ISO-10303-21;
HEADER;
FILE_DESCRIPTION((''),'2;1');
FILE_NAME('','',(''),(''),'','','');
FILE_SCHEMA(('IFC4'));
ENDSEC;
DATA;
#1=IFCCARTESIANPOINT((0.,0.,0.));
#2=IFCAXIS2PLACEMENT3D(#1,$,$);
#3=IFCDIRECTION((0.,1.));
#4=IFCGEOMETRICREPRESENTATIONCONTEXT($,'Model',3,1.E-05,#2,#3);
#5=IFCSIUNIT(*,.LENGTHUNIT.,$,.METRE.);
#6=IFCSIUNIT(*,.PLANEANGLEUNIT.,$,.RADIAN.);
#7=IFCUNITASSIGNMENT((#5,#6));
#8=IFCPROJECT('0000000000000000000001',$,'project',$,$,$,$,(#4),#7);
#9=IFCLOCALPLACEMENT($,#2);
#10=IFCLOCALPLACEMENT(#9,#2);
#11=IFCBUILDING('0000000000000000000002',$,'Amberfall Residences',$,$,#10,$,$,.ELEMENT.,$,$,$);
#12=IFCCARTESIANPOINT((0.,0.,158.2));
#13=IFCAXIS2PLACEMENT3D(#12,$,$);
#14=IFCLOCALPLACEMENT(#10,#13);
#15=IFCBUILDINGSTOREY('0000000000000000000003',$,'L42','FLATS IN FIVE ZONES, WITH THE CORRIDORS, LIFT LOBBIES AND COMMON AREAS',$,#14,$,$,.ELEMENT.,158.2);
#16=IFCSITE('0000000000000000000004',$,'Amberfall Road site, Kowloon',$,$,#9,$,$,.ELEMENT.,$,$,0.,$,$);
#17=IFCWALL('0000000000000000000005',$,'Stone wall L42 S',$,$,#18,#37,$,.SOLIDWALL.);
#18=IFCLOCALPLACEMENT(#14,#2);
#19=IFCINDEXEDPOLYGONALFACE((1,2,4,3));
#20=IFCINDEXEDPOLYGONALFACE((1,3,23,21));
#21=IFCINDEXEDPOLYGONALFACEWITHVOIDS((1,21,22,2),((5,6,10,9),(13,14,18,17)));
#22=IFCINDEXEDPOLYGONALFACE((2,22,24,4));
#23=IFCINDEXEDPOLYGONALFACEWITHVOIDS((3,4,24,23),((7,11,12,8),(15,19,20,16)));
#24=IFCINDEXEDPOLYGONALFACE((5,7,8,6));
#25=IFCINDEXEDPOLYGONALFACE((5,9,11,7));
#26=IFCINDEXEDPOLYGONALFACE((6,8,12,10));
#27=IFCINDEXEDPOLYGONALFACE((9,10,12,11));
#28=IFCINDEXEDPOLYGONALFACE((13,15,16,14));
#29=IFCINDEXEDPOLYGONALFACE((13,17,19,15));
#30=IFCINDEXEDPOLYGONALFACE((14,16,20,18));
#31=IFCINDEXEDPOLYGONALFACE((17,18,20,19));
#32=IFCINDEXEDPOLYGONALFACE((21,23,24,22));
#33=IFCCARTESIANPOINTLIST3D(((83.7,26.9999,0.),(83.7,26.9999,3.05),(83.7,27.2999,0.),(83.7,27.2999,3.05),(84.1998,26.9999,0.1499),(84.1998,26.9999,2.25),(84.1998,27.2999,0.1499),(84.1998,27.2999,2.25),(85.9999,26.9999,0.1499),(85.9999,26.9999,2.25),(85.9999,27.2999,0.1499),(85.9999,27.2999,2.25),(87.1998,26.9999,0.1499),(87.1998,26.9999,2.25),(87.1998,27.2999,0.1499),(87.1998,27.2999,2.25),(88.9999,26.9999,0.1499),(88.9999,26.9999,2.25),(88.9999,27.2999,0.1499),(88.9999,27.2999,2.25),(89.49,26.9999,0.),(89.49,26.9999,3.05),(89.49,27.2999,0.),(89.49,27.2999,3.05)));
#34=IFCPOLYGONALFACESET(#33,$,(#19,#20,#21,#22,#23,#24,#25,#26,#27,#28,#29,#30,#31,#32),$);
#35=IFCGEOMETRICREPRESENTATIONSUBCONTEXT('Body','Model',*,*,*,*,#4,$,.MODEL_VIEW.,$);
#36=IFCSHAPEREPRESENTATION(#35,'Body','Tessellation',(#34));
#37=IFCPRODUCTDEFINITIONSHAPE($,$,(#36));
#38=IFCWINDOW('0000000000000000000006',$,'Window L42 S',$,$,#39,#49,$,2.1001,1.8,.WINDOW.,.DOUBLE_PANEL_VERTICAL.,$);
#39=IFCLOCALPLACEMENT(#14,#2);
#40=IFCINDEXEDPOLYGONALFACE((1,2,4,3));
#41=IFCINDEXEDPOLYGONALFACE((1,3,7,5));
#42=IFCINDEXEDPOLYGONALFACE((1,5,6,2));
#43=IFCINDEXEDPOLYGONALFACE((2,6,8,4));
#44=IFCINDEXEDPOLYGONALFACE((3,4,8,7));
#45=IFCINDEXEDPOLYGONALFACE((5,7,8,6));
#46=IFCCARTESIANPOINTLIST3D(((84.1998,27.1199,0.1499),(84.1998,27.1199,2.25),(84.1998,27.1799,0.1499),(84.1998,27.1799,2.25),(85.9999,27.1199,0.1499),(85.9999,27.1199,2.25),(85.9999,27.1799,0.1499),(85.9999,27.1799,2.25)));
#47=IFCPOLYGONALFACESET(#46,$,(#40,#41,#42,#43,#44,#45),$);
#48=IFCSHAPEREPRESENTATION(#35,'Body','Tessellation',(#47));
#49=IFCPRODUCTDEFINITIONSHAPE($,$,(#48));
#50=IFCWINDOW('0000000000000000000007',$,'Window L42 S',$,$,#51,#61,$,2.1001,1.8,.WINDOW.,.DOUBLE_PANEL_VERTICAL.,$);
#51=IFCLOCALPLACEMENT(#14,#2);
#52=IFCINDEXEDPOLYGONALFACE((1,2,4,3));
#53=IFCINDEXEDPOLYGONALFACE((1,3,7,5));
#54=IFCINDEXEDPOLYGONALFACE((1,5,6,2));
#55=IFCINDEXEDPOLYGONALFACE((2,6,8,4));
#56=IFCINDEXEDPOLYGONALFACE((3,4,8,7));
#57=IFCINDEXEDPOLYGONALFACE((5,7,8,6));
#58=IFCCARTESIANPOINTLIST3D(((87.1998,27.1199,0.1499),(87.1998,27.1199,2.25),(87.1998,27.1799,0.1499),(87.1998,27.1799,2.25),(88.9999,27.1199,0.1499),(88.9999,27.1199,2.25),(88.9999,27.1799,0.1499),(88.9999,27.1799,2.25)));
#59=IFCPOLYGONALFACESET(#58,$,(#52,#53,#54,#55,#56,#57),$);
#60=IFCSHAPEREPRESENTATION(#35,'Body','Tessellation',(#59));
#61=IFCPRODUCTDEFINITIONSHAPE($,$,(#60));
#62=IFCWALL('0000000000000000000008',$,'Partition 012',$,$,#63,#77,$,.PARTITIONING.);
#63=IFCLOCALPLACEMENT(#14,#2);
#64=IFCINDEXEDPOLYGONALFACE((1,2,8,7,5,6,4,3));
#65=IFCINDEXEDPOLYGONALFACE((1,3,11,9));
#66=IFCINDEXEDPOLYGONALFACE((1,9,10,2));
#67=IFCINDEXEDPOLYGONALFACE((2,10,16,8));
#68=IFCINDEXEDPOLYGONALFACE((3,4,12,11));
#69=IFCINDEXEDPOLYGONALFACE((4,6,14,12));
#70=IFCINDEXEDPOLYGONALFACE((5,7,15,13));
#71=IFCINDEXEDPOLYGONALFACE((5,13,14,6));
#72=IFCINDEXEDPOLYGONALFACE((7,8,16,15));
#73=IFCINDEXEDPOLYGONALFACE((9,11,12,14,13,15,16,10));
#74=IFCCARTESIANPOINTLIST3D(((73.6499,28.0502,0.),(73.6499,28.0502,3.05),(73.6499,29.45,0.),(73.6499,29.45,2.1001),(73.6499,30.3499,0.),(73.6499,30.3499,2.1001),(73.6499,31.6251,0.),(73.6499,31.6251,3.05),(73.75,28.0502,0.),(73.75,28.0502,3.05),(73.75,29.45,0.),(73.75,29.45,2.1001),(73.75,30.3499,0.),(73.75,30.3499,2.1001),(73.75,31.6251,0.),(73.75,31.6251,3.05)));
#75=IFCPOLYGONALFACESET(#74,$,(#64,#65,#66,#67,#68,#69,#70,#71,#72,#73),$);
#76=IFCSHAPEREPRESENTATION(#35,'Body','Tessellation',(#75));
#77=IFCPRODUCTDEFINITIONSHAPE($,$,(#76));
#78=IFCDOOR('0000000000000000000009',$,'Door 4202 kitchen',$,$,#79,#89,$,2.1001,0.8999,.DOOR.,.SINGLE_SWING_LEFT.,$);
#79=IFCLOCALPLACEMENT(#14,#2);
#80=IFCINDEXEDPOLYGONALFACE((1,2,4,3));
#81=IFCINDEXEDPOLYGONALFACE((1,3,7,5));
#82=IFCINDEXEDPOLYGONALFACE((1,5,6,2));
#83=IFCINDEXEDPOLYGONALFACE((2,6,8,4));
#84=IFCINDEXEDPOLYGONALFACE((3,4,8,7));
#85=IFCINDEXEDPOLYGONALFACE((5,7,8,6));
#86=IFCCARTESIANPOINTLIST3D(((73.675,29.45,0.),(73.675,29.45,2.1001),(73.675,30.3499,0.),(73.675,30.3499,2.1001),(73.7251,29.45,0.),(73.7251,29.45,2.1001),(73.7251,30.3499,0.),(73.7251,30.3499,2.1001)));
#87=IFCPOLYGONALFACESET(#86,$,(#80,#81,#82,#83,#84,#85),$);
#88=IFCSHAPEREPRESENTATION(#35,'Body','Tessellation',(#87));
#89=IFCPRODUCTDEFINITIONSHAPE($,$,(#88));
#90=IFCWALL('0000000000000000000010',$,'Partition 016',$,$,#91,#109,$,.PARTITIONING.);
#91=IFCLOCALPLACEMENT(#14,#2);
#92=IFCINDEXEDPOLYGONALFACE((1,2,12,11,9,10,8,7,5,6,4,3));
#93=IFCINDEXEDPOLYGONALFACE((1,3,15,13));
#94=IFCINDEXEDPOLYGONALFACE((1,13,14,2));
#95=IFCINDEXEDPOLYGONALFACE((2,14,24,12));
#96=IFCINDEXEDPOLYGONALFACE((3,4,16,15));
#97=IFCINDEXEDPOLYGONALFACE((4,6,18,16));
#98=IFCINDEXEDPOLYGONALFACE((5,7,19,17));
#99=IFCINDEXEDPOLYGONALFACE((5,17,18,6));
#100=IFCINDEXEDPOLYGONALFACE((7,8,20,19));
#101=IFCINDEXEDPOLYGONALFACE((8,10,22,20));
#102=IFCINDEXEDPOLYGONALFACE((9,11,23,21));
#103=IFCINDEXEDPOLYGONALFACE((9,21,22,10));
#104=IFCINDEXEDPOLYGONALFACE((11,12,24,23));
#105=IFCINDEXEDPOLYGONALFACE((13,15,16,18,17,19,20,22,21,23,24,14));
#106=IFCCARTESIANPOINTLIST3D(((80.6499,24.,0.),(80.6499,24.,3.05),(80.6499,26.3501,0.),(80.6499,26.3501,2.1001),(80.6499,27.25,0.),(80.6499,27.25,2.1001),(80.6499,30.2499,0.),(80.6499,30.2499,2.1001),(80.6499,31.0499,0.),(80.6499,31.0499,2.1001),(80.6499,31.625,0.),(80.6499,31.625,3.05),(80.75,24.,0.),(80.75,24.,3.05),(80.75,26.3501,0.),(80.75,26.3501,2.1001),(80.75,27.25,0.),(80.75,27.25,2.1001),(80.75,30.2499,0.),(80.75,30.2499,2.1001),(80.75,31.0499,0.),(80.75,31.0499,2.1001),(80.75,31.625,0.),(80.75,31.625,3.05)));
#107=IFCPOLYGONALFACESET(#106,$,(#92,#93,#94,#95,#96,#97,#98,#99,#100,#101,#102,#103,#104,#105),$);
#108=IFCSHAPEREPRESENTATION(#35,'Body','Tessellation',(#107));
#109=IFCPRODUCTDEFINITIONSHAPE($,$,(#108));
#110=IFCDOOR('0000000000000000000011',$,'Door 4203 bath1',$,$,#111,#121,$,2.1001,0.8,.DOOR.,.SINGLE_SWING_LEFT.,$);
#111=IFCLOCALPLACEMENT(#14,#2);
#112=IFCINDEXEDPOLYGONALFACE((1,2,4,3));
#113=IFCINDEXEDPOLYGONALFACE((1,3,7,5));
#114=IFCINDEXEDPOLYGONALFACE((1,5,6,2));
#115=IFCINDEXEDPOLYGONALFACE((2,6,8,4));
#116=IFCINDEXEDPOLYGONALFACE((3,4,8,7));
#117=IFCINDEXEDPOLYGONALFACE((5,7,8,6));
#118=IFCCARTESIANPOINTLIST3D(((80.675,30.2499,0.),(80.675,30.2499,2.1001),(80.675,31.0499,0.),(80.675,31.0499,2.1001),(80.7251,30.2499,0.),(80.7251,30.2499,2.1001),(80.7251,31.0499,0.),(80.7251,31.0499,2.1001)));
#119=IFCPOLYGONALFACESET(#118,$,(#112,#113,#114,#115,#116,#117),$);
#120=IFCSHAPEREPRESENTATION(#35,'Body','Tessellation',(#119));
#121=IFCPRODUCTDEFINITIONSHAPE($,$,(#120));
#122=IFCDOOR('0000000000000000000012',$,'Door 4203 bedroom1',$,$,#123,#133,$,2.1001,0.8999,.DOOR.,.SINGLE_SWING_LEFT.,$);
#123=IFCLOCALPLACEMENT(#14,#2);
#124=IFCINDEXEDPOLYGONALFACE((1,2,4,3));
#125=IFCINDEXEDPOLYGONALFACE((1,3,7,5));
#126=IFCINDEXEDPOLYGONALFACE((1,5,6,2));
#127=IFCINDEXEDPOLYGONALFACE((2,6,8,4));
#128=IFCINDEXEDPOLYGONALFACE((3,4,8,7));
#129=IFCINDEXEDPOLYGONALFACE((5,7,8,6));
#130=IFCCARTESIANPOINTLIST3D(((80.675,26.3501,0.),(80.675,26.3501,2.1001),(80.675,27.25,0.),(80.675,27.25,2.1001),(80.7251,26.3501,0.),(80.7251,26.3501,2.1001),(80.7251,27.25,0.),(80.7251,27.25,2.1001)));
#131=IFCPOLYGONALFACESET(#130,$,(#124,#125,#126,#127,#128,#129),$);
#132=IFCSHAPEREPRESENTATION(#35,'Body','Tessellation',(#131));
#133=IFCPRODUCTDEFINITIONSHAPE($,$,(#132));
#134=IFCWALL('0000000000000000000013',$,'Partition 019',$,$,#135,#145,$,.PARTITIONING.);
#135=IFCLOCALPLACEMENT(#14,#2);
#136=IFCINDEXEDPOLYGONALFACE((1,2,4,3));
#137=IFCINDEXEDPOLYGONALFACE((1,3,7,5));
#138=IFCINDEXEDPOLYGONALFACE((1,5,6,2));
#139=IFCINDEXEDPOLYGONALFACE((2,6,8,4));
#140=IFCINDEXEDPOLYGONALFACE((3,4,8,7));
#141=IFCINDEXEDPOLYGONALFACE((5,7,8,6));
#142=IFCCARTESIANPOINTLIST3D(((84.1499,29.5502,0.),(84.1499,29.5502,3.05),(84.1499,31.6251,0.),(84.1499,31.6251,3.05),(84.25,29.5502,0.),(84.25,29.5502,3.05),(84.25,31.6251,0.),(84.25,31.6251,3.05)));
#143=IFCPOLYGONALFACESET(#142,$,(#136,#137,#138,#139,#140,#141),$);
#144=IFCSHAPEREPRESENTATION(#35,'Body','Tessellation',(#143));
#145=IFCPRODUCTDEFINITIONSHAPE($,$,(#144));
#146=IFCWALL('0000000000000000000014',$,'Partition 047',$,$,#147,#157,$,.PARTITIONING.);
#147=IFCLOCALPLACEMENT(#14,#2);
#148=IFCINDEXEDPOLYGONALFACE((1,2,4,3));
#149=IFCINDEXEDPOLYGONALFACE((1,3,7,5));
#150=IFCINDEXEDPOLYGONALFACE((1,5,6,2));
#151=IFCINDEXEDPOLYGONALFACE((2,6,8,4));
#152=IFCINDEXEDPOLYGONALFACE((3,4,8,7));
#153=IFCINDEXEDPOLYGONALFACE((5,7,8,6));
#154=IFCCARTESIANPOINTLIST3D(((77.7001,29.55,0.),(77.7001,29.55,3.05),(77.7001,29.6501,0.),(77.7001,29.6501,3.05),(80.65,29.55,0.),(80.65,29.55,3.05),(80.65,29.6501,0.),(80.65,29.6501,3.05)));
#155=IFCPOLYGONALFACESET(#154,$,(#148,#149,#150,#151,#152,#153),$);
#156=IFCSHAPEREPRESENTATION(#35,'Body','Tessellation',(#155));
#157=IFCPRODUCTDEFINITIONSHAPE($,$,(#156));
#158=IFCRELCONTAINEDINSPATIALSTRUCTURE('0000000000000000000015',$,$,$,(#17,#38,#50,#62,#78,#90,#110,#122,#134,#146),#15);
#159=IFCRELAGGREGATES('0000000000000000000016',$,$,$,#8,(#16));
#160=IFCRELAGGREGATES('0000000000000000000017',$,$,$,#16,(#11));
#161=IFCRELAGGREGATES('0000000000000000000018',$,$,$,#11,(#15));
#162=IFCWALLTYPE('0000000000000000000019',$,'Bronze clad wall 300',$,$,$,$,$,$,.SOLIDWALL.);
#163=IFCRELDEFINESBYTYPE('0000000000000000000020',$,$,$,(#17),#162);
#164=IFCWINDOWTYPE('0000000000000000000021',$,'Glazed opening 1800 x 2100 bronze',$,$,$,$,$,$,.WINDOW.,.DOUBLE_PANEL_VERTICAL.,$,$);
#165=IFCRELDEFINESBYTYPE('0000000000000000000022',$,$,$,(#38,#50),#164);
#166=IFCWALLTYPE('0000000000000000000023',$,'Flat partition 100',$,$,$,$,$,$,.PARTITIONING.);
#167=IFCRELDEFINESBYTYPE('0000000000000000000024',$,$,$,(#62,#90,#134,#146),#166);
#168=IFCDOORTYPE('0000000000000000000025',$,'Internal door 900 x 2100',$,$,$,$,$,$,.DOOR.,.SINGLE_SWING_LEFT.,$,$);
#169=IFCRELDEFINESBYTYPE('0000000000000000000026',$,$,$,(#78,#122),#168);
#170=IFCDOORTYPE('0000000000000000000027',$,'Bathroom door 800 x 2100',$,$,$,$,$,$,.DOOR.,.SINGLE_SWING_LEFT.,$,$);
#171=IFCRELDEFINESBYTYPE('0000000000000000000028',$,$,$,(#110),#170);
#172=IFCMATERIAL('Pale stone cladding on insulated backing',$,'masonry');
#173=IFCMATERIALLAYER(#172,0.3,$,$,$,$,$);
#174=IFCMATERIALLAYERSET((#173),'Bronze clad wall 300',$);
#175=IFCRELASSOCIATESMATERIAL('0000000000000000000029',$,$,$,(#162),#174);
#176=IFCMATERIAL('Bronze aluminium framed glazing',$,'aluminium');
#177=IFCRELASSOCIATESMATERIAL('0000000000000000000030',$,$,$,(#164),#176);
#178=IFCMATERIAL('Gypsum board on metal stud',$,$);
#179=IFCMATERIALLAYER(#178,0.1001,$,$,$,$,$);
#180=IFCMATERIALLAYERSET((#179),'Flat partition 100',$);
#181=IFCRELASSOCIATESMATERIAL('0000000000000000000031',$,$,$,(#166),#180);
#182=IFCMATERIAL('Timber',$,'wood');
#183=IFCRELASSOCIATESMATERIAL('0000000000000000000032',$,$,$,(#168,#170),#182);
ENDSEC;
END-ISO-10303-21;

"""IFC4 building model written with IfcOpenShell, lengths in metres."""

from ifc_helpers import new_model, si_unit, direction, frame, frame_2d, origin, place, context, subcontext, project, spatial, rectangle, extrude, material, layer, layer_set, type_object, element, fill, save


model = new_model("IFC4")

# Units and contexts
model_context = context("Model", 3, precision=1e-05, world=origin(), true_north=direction((0.0, 1.0)))
body_context = subcontext(model_context, "Body", "Model", "MODEL_VIEW")
ifc_project = project(units=[si_unit("LENGTHUNIT", "METRE"), si_unit("PLANEANGLEUNIT", "RADIAN")], contexts=[model_context])

# Site, building, storey
site_placement = place(None, origin())
site = spatial("IfcSite", under=ifc_project, at=site_placement, Name="Amberfall Road site, Kowloon", CompositionType="ELEMENT", RefElevation=0.0)
building_placement = place(site_placement, origin())
building = spatial("IfcBuilding", under=site, at=building_placement, Name="Amberfall Residences", CompositionType="ELEMENT")
storey_placement = place(building_placement, frame((0.0, 0.0, 158.2)))
storey = spatial("IfcBuildingStorey", under=building, at=storey_placement, Name="L42", Description="FLATS IN FIVE ZONES, WITH THE CORRIDORS, LIFT LOBBIES AND COMMON AREAS", CompositionType="ELEMENT", Elevation=158.2)

# Shared definitions
ifc_material_1 = material(Name="Pale stone cladding on insulated backing", Category="masonry")
ifc_layer_1 = layer(ifc_material_1, 0.3)
ifc_layer_set_1 = layer_set([ifc_layer_1], Name="Bronze clad wall 300")
wall_type_1 = type_object("IfcWallType", Name="Bronze clad wall 300", PredefinedType="SOLIDWALL", material=ifc_layer_set_1)

# Wall, openings, windows
ifc_material_2 = material(Name="Bronze aluminium framed glazing", Category="aluminium")
window_type = type_object("IfcWindowType", Name="Glazed opening 1800 x 2100 bronze", PartitioningType="DOUBLE_PANEL_VERTICAL", PredefinedType="WINDOW", material=ifc_material_2)
wall_1_placement = place(storey_placement, frame((83.7, 27.1499, 0.0), z_axis=(0.0, 0.0, 1.0), x_axis=(1.0, 0.0, 0.0)))
wall_1 = element("IfcWall", 1, at=wall_1_placement, inside=storey, type_object=wall_type_1, Name="Stone wall L42 S", PredefinedType="SOLIDWALL", context=body_context, shape_type="SweptSolid", body=[
    extrude(rectangle(XDim=5.79, YDim=0.3, at=frame_2d((2.895, 0.0))), origin(), (0.0, 0.0, 1.0), 3.05),
])
opening_1_placement = place(wall_1_placement, frame((0.5, 0.0, 0.1499)))
opening_1 = element("IfcOpeningElement", 2, at=opening_1_placement, cuts=wall_1, PredefinedType="OPENING", context=body_context, shape_type="SweptSolid", body=[
    extrude(rectangle(XDim=1.8, YDim=2.1001, at=frame_2d((0.8999, 1.05))), frame((0.0, 0.1599, 0.0), z_axis=(0.0, -1.0, 0.0), x_axis=(1.0, 0.0, 0.0)), (0.0, 0.0, 1.0), 0.3201),
])
opening_2_placement = place(wall_1_placement, frame((3.5, 0.0, 0.1499)))
opening_2 = element("IfcOpeningElement", 3, at=opening_2_placement, cuts=wall_1, PredefinedType="OPENING", context=body_context, shape_type="SweptSolid", body=[
    extrude(rectangle(XDim=1.8, YDim=2.1001, at=frame_2d((0.8999, 1.05))), frame((0.0, 0.1599, 0.0), z_axis=(0.0, -1.0, 0.0), x_axis=(1.0, 0.0, 0.0)), (0.0, 0.0, 1.0), 0.3201),
])
window_1_placement = place(opening_1_placement, origin())
window_1 = element("IfcWindow", 4, at=window_1_placement, inside=storey, type_object=window_type, Name="Window L42 S", OverallHeight=2.1001, OverallWidth=1.8, PartitioningType="DOUBLE_PANEL_VERTICAL", PredefinedType="WINDOW", context=body_context, shape_type="SweptSolid", body=[
    extrude(rectangle(XDim=1.8, YDim=2.1001, at=frame_2d((0.8999, 1.05))), frame((0.0, 0.03, 0.0), z_axis=(0.0, -1.0, 0.0), x_axis=(1.0, 0.0, 0.0)), (0.0, 0.0, 1.0), 0.0601),
])
fill(opening_1, window_1)
window_2_placement = place(opening_2_placement, origin())
window_2 = element("IfcWindow", 5, at=window_2_placement, inside=storey, type_object=window_type, Name="Window L42 S", OverallHeight=2.1001, OverallWidth=1.8, PartitioningType="DOUBLE_PANEL_VERTICAL", PredefinedType="WINDOW", context=body_context, shape_type="SweptSolid", body=[
    extrude(rectangle(XDim=1.8, YDim=2.1001, at=frame_2d((0.8999, 1.05))), frame((0.0, 0.03, 0.0), z_axis=(0.0, -1.0, 0.0), x_axis=(1.0, 0.0, 0.0)), (0.0, 0.0, 1.0), 0.0601),
])
fill(opening_2, window_2)

# Wall, opening, door
ifc_material_3 = material(Name="Gypsum board on metal stud")
ifc_layer_2 = layer(ifc_material_3, 0.1001)
ifc_layer_set_2 = layer_set([ifc_layer_2], Name="Flat partition 100")
wall_type_2 = type_object("IfcWallType", Name="Flat partition 100", PredefinedType="PARTITIONING", material=ifc_layer_set_2)
wall_2_placement = place(storey_placement, frame((73.7, 28.05, 0.0), z_axis=(0.0, 0.0, 1.0), x_axis=(0.0, 1.0, 0.0)))
wall_2 = element("IfcWall", 6, at=wall_2_placement, inside=storey, type_object=wall_type_2, Name="Partition 012", PredefinedType="PARTITIONING", context=body_context, shape_type="SweptSolid", body=[
    extrude(rectangle(XDim=3.575, YDim=0.1001, at=frame_2d((1.7876, 0.0))), origin(), (0.0, 0.0, 1.0), 3.05),
])
opening_3_placement = place(wall_2_placement, frame((1.3999, 0.0, 0.0)))
opening_3 = element("IfcOpeningElement", 7, at=opening_3_placement, cuts=wall_2, PredefinedType="OPENING", context=body_context, shape_type="SweptSolid", body=[
    extrude(rectangle(XDim=0.8999, YDim=2.1001, at=frame_2d((0.45, 1.05))), frame((0.0, 0.0601, 0.0), z_axis=(0.0, -1.0, 0.0), x_axis=(1.0, 0.0, 0.0)), (0.0, 0.0, 1.0), 0.1201),
])
ifc_material_4 = material(Name="Timber", Category="wood")
door_type_1 = type_object("IfcDoorType", Name="Internal door 900 x 2100", OperationType="SINGLE_SWING_LEFT", PredefinedType="DOOR", material=ifc_material_4)
door_1_placement = place(opening_3_placement, origin())
door_1 = element("IfcDoor", 8, at=door_1_placement, inside=storey, type_object=door_type_1, Name="Door 4202 kitchen", OperationType="SINGLE_SWING_LEFT", OverallHeight=2.1001, OverallWidth=0.8999, PredefinedType="DOOR", context=body_context, shape_type="SweptSolid", body=[
    extrude(rectangle(XDim=0.8999, YDim=2.1001, at=frame_2d((0.45, 1.05))), frame((0.0, 0.0249, 0.0), z_axis=(0.0, -1.0, 0.0), x_axis=(1.0, 0.0, 0.0)), (0.0, 0.0, 1.0), 0.05),
])
fill(opening_3, door_1)

# Wall, openings, doors
wall_3_placement = place(storey_placement, frame((80.7, 24.0, 0.0), z_axis=(0.0, 0.0, 1.0), x_axis=(0.0, 1.0, 0.0)))
wall_3 = element("IfcWall", 9, at=wall_3_placement, inside=storey, type_object=wall_type_2, Name="Partition 016", PredefinedType="PARTITIONING", context=body_context, shape_type="SweptSolid", body=[
    extrude(rectangle(XDim=7.625, YDim=0.1001, at=frame_2d((3.8125, 0.0))), origin(), (0.0, 0.0, 1.0), 3.05),
])
opening_4_placement = place(wall_3_placement, frame((2.3501, 0.0, 0.0)))
opening_4 = element("IfcOpeningElement", 10, at=opening_4_placement, cuts=wall_3, PredefinedType="OPENING", context=body_context, shape_type="SweptSolid", body=[
    extrude(rectangle(XDim=0.8999, YDim=2.1001, at=frame_2d((0.45, 1.05))), frame((0.0, 0.0601, 0.0), z_axis=(0.0, -1.0, 0.0), x_axis=(1.0, 0.0, 0.0)), (0.0, 0.0, 1.0), 0.1201),
])
opening_5_placement = place(wall_3_placement, frame((6.25, 0.0, 0.0)))
opening_5 = element("IfcOpeningElement", 11, at=opening_5_placement, cuts=wall_3, PredefinedType="OPENING", context=body_context, shape_type="SweptSolid", body=[
    extrude(rectangle(XDim=0.8, YDim=2.1001, at=frame_2d((0.3999, 1.05))), frame((0.0, 0.0601, 0.0), z_axis=(0.0, -1.0, 0.0), x_axis=(1.0, 0.0, 0.0)), (0.0, 0.0, 1.0), 0.1201),
])
door_type_2 = type_object("IfcDoorType", Name="Bathroom door 800 x 2100", OperationType="SINGLE_SWING_LEFT", PredefinedType="DOOR", material=ifc_material_4)
door_2_placement = place(opening_5_placement, origin())
door_2 = element("IfcDoor", 12, at=door_2_placement, inside=storey, type_object=door_type_2, Name="Door 4203 bath1", OperationType="SINGLE_SWING_LEFT", OverallHeight=2.1001, OverallWidth=0.8, PredefinedType="DOOR", context=body_context, shape_type="SweptSolid", body=[
    extrude(rectangle(XDim=0.8, YDim=2.1001, at=frame_2d((0.3999, 1.05))), frame((0.0, 0.0249, 0.0), z_axis=(0.0, -1.0, 0.0), x_axis=(1.0, 0.0, 0.0)), (0.0, 0.0, 1.0), 0.05),
])
fill(opening_5, door_2)
door_3_placement = place(opening_4_placement, origin())
door_3 = element("IfcDoor", 13, at=door_3_placement, inside=storey, type_object=door_type_1, Name="Door 4203 bedroom1", OperationType="SINGLE_SWING_LEFT", OverallHeight=2.1001, OverallWidth=0.8999, PredefinedType="DOOR", context=body_context, shape_type="SweptSolid", body=[
    extrude(rectangle(XDim=0.8999, YDim=2.1001, at=frame_2d((0.45, 1.05))), frame((0.0, 0.0249, 0.0), z_axis=(0.0, -1.0, 0.0), x_axis=(1.0, 0.0, 0.0)), (0.0, 0.0, 1.0), 0.05),
])
fill(opening_4, door_3)

# Walls
wall_4_placement = place(storey_placement, frame((84.2, 29.55, 0.0), z_axis=(0.0, 0.0, 1.0), x_axis=(0.0, 1.0, 0.0)))
element("IfcWall", 14, at=wall_4_placement, inside=storey, type_object=wall_type_2, Name="Partition 019", PredefinedType="PARTITIONING", context=body_context, shape_type="SweptSolid", body=[
    extrude(rectangle(XDim=2.075, YDim=0.1001, at=frame_2d((1.0376, 0.0))), origin(), (0.0, 0.0, 1.0), 3.05),
])
wall_5_placement = place(storey_placement, frame((77.7, 29.6001, 0.0), z_axis=(0.0, 0.0, 1.0), x_axis=(1.0, 0.0, 0.0)))
element("IfcWall", 15, at=wall_5_placement, inside=storey, type_object=wall_type_2, Name="Partition 047", PredefinedType="PARTITIONING", context=body_context, shape_type="SweptSolid", body=[
    extrude(rectangle(XDim=2.95, YDim=0.1001, at=frame_2d((1.4751, 0.0))), origin(), (0.0, 0.0, 1.0), 3.05),
])

save(model, "model.ifc")
